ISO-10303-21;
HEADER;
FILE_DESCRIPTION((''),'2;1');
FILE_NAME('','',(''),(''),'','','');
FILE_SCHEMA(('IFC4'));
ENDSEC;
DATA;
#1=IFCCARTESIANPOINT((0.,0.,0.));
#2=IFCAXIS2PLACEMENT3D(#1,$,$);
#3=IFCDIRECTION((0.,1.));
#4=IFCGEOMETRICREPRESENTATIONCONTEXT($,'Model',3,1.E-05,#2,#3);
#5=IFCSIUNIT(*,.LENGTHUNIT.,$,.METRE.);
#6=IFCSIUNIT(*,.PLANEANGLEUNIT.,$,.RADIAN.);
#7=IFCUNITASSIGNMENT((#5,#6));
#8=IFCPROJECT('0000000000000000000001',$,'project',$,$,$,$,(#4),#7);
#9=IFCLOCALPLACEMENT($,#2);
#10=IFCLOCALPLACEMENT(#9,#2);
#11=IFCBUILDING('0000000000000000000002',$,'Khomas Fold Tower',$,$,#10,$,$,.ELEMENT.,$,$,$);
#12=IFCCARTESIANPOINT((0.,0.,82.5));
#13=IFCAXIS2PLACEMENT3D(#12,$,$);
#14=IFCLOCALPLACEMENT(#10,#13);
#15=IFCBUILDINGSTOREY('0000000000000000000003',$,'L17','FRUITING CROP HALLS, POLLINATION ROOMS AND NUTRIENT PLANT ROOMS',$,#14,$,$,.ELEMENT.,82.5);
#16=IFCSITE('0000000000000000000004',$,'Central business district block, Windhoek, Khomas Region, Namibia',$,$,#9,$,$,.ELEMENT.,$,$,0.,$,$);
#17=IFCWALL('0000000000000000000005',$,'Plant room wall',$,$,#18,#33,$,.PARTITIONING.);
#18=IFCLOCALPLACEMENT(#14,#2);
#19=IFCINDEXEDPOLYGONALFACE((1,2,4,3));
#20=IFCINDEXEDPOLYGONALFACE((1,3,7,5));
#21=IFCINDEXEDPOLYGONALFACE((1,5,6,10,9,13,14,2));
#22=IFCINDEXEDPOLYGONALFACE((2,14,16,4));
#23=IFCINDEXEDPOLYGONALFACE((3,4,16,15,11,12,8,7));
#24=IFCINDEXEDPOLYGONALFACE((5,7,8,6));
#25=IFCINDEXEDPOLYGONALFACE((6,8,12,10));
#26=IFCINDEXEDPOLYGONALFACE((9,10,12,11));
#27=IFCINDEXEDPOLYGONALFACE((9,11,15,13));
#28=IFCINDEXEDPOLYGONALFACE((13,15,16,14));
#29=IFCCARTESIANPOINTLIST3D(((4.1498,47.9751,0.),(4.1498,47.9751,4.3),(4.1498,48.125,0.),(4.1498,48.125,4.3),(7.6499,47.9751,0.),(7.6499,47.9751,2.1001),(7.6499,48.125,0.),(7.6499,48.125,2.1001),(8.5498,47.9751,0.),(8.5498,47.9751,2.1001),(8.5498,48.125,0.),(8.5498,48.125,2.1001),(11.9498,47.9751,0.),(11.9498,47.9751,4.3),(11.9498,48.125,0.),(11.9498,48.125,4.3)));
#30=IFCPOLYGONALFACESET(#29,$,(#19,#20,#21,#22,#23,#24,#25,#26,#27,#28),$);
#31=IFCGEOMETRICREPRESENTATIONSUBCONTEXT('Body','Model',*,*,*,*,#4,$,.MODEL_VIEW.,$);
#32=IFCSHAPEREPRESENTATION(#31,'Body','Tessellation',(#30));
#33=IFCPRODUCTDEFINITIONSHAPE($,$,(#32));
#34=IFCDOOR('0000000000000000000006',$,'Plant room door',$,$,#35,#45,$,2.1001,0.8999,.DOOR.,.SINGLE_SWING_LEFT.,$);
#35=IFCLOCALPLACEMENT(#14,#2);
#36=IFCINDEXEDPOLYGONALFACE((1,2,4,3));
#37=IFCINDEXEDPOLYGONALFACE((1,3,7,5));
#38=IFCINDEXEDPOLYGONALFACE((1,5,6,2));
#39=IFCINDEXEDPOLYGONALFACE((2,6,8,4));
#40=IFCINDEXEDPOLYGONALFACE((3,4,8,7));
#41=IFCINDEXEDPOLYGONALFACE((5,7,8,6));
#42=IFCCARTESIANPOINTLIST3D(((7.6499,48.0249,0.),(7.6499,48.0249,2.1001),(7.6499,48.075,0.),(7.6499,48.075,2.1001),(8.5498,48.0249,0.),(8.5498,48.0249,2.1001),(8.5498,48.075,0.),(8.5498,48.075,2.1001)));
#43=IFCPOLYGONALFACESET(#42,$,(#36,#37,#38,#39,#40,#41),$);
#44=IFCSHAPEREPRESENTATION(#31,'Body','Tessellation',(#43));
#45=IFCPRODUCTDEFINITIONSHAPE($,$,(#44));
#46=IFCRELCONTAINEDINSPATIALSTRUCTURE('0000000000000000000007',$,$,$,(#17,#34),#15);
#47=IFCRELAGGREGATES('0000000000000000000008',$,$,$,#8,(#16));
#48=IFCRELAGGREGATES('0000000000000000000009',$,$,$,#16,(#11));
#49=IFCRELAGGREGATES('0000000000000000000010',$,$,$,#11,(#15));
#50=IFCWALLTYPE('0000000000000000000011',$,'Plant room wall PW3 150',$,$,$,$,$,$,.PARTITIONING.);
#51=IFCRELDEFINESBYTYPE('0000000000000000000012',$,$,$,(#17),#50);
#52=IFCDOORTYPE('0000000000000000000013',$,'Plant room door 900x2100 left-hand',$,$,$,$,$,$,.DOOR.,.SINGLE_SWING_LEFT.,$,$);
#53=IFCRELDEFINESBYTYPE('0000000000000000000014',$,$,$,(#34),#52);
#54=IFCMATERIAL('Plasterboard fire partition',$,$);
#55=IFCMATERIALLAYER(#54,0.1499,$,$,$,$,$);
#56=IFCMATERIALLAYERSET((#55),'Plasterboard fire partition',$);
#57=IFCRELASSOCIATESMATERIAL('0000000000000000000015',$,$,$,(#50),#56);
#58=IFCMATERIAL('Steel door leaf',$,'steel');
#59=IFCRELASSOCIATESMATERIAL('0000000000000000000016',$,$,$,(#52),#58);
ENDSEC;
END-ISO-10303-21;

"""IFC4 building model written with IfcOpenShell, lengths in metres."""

from ifc_helpers import new_model, si_unit, direction, frame, frame_2d, origin, place, context, subcontext, project, spatial, rectangle, extrude, source, transform, mapped, material, layer, layer_set, type_object, element, fill, save


model = new_model("IFC4")

# Units and contexts
model_context = context("Model", 3, precision=1e-05, world=origin(), true_north=direction((0.0, 1.0)))
body_context = subcontext(model_context, "Body", "Model", "MODEL_VIEW")
ifc_project = project(units=[si_unit("LENGTHUNIT", "METRE"), si_unit("PLANEANGLEUNIT", "RADIAN")], contexts=[model_context])

# Site, building, storey
site_placement = place(None, origin())
site = spatial("IfcSite", under=ifc_project, at=site_placement, Name="Central business district block, Windhoek, Khomas Region, Namibia", CompositionType="ELEMENT", RefElevation=0.0)
building_placement = place(site_placement, origin())
building = spatial("IfcBuilding", under=site, at=building_placement, Name="Khomas Fold Tower", CompositionType="ELEMENT")
storey_placement = place(building_placement, frame((0.0, 0.0, 82.5)))
storey = spatial("IfcBuildingStorey", under=building, at=storey_placement, Name="L17", Description="FRUITING CROP HALLS, POLLINATION ROOMS AND NUTRIENT PLANT ROOMS", CompositionType="ELEMENT", Elevation=82.5)

# Wall, opening, door
shared_shape_1 = source(origin(), body_context, "Body", "SweptSolid", [
    extrude(rectangle(XDim=0.8999, YDim=2.1001, at=frame_2d((0.45, 1.05))), frame((0.0, 0.0249, 0.0), z_axis=(0.0, -1.0, 0.0), x_axis=(1.0, 0.0, 0.0)), (0.0, 0.0, 1.0), 0.05),
])
ifc_material_1 = material(Name="Plasterboard fire partition")
ifc_layer_1 = layer(ifc_material_1, 0.1499)
ifc_layer_set_1 = layer_set([ifc_layer_1], Name="Plasterboard fire partition")
wall_type_1 = type_object("IfcWallType", Name="Plant room wall PW3 150", PredefinedType="PARTITIONING", material=ifc_layer_set_1)
shared_shape_2 = source(origin(), body_context, "Body", "SweptSolid", [
    extrude(rectangle(XDim=7.8, YDim=0.1499, at=frame_2d((3.8999, 0.0))), origin(), (0.0, 0.0, 1.0), 4.3),
])
wall_1_placement = place(storey_placement, frame((4.1499, 48.05, 0.0), z_axis=(0.0, 0.0, 1.0), x_axis=(1.0, 0.0, 0.0)))
wall_1 = element("IfcWall", 1, at=wall_1_placement, inside=storey, type_object=wall_type_1, Name="Plant room wall", PredefinedType="PARTITIONING", context=body_context, shape_type="MappedRepresentation", body=[
    mapped(shared_shape_2, transform((0.0, 0.0, 0.0))),
])
shared_shape_3 = source(origin(), body_context, "Body", "SweptSolid", [
    extrude(rectangle(XDim=0.8999, YDim=2.1001, at=frame_2d((0.45, 1.05))), frame((0.0, 0.085, 0.0), z_axis=(0.0, -1.0, 0.0), x_axis=(1.0, 0.0, 0.0)), (0.0, 0.0, 1.0), 0.1699),
])
opening_1_placement = place(wall_1_placement, frame((3.5, 0.0, 0.0)))
opening_1 = element("IfcOpeningElement", 2, at=opening_1_placement, cuts=wall_1, PredefinedType="OPENING", context=body_context, shape_type="MappedRepresentation", body=[
    mapped(shared_shape_3, transform((0.0, 0.0, 0.0))),
])
ifc_material_2 = material(Name="Steel door leaf", Category="steel")
door_type_1 = type_object("IfcDoorType", Name="Plant room door 900x2100 left-hand", OperationType="SINGLE_SWING_LEFT", PredefinedType="DOOR", material=ifc_material_2)
door_1_placement = place(opening_1_placement, origin())
door_1 = element("IfcDoor", 3, at=door_1_placement, inside=storey, type_object=door_type_1, Name="Plant room door", OperationType="SINGLE_SWING_LEFT", OverallHeight=2.1001, OverallWidth=0.8999, PredefinedType="DOOR", context=body_context, shape_type="MappedRepresentation", body=[
    mapped(shared_shape_1, transform((0.0, 0.0, 0.0))),
])
fill(opening_1, door_1)

save(model, "model.ifc")
